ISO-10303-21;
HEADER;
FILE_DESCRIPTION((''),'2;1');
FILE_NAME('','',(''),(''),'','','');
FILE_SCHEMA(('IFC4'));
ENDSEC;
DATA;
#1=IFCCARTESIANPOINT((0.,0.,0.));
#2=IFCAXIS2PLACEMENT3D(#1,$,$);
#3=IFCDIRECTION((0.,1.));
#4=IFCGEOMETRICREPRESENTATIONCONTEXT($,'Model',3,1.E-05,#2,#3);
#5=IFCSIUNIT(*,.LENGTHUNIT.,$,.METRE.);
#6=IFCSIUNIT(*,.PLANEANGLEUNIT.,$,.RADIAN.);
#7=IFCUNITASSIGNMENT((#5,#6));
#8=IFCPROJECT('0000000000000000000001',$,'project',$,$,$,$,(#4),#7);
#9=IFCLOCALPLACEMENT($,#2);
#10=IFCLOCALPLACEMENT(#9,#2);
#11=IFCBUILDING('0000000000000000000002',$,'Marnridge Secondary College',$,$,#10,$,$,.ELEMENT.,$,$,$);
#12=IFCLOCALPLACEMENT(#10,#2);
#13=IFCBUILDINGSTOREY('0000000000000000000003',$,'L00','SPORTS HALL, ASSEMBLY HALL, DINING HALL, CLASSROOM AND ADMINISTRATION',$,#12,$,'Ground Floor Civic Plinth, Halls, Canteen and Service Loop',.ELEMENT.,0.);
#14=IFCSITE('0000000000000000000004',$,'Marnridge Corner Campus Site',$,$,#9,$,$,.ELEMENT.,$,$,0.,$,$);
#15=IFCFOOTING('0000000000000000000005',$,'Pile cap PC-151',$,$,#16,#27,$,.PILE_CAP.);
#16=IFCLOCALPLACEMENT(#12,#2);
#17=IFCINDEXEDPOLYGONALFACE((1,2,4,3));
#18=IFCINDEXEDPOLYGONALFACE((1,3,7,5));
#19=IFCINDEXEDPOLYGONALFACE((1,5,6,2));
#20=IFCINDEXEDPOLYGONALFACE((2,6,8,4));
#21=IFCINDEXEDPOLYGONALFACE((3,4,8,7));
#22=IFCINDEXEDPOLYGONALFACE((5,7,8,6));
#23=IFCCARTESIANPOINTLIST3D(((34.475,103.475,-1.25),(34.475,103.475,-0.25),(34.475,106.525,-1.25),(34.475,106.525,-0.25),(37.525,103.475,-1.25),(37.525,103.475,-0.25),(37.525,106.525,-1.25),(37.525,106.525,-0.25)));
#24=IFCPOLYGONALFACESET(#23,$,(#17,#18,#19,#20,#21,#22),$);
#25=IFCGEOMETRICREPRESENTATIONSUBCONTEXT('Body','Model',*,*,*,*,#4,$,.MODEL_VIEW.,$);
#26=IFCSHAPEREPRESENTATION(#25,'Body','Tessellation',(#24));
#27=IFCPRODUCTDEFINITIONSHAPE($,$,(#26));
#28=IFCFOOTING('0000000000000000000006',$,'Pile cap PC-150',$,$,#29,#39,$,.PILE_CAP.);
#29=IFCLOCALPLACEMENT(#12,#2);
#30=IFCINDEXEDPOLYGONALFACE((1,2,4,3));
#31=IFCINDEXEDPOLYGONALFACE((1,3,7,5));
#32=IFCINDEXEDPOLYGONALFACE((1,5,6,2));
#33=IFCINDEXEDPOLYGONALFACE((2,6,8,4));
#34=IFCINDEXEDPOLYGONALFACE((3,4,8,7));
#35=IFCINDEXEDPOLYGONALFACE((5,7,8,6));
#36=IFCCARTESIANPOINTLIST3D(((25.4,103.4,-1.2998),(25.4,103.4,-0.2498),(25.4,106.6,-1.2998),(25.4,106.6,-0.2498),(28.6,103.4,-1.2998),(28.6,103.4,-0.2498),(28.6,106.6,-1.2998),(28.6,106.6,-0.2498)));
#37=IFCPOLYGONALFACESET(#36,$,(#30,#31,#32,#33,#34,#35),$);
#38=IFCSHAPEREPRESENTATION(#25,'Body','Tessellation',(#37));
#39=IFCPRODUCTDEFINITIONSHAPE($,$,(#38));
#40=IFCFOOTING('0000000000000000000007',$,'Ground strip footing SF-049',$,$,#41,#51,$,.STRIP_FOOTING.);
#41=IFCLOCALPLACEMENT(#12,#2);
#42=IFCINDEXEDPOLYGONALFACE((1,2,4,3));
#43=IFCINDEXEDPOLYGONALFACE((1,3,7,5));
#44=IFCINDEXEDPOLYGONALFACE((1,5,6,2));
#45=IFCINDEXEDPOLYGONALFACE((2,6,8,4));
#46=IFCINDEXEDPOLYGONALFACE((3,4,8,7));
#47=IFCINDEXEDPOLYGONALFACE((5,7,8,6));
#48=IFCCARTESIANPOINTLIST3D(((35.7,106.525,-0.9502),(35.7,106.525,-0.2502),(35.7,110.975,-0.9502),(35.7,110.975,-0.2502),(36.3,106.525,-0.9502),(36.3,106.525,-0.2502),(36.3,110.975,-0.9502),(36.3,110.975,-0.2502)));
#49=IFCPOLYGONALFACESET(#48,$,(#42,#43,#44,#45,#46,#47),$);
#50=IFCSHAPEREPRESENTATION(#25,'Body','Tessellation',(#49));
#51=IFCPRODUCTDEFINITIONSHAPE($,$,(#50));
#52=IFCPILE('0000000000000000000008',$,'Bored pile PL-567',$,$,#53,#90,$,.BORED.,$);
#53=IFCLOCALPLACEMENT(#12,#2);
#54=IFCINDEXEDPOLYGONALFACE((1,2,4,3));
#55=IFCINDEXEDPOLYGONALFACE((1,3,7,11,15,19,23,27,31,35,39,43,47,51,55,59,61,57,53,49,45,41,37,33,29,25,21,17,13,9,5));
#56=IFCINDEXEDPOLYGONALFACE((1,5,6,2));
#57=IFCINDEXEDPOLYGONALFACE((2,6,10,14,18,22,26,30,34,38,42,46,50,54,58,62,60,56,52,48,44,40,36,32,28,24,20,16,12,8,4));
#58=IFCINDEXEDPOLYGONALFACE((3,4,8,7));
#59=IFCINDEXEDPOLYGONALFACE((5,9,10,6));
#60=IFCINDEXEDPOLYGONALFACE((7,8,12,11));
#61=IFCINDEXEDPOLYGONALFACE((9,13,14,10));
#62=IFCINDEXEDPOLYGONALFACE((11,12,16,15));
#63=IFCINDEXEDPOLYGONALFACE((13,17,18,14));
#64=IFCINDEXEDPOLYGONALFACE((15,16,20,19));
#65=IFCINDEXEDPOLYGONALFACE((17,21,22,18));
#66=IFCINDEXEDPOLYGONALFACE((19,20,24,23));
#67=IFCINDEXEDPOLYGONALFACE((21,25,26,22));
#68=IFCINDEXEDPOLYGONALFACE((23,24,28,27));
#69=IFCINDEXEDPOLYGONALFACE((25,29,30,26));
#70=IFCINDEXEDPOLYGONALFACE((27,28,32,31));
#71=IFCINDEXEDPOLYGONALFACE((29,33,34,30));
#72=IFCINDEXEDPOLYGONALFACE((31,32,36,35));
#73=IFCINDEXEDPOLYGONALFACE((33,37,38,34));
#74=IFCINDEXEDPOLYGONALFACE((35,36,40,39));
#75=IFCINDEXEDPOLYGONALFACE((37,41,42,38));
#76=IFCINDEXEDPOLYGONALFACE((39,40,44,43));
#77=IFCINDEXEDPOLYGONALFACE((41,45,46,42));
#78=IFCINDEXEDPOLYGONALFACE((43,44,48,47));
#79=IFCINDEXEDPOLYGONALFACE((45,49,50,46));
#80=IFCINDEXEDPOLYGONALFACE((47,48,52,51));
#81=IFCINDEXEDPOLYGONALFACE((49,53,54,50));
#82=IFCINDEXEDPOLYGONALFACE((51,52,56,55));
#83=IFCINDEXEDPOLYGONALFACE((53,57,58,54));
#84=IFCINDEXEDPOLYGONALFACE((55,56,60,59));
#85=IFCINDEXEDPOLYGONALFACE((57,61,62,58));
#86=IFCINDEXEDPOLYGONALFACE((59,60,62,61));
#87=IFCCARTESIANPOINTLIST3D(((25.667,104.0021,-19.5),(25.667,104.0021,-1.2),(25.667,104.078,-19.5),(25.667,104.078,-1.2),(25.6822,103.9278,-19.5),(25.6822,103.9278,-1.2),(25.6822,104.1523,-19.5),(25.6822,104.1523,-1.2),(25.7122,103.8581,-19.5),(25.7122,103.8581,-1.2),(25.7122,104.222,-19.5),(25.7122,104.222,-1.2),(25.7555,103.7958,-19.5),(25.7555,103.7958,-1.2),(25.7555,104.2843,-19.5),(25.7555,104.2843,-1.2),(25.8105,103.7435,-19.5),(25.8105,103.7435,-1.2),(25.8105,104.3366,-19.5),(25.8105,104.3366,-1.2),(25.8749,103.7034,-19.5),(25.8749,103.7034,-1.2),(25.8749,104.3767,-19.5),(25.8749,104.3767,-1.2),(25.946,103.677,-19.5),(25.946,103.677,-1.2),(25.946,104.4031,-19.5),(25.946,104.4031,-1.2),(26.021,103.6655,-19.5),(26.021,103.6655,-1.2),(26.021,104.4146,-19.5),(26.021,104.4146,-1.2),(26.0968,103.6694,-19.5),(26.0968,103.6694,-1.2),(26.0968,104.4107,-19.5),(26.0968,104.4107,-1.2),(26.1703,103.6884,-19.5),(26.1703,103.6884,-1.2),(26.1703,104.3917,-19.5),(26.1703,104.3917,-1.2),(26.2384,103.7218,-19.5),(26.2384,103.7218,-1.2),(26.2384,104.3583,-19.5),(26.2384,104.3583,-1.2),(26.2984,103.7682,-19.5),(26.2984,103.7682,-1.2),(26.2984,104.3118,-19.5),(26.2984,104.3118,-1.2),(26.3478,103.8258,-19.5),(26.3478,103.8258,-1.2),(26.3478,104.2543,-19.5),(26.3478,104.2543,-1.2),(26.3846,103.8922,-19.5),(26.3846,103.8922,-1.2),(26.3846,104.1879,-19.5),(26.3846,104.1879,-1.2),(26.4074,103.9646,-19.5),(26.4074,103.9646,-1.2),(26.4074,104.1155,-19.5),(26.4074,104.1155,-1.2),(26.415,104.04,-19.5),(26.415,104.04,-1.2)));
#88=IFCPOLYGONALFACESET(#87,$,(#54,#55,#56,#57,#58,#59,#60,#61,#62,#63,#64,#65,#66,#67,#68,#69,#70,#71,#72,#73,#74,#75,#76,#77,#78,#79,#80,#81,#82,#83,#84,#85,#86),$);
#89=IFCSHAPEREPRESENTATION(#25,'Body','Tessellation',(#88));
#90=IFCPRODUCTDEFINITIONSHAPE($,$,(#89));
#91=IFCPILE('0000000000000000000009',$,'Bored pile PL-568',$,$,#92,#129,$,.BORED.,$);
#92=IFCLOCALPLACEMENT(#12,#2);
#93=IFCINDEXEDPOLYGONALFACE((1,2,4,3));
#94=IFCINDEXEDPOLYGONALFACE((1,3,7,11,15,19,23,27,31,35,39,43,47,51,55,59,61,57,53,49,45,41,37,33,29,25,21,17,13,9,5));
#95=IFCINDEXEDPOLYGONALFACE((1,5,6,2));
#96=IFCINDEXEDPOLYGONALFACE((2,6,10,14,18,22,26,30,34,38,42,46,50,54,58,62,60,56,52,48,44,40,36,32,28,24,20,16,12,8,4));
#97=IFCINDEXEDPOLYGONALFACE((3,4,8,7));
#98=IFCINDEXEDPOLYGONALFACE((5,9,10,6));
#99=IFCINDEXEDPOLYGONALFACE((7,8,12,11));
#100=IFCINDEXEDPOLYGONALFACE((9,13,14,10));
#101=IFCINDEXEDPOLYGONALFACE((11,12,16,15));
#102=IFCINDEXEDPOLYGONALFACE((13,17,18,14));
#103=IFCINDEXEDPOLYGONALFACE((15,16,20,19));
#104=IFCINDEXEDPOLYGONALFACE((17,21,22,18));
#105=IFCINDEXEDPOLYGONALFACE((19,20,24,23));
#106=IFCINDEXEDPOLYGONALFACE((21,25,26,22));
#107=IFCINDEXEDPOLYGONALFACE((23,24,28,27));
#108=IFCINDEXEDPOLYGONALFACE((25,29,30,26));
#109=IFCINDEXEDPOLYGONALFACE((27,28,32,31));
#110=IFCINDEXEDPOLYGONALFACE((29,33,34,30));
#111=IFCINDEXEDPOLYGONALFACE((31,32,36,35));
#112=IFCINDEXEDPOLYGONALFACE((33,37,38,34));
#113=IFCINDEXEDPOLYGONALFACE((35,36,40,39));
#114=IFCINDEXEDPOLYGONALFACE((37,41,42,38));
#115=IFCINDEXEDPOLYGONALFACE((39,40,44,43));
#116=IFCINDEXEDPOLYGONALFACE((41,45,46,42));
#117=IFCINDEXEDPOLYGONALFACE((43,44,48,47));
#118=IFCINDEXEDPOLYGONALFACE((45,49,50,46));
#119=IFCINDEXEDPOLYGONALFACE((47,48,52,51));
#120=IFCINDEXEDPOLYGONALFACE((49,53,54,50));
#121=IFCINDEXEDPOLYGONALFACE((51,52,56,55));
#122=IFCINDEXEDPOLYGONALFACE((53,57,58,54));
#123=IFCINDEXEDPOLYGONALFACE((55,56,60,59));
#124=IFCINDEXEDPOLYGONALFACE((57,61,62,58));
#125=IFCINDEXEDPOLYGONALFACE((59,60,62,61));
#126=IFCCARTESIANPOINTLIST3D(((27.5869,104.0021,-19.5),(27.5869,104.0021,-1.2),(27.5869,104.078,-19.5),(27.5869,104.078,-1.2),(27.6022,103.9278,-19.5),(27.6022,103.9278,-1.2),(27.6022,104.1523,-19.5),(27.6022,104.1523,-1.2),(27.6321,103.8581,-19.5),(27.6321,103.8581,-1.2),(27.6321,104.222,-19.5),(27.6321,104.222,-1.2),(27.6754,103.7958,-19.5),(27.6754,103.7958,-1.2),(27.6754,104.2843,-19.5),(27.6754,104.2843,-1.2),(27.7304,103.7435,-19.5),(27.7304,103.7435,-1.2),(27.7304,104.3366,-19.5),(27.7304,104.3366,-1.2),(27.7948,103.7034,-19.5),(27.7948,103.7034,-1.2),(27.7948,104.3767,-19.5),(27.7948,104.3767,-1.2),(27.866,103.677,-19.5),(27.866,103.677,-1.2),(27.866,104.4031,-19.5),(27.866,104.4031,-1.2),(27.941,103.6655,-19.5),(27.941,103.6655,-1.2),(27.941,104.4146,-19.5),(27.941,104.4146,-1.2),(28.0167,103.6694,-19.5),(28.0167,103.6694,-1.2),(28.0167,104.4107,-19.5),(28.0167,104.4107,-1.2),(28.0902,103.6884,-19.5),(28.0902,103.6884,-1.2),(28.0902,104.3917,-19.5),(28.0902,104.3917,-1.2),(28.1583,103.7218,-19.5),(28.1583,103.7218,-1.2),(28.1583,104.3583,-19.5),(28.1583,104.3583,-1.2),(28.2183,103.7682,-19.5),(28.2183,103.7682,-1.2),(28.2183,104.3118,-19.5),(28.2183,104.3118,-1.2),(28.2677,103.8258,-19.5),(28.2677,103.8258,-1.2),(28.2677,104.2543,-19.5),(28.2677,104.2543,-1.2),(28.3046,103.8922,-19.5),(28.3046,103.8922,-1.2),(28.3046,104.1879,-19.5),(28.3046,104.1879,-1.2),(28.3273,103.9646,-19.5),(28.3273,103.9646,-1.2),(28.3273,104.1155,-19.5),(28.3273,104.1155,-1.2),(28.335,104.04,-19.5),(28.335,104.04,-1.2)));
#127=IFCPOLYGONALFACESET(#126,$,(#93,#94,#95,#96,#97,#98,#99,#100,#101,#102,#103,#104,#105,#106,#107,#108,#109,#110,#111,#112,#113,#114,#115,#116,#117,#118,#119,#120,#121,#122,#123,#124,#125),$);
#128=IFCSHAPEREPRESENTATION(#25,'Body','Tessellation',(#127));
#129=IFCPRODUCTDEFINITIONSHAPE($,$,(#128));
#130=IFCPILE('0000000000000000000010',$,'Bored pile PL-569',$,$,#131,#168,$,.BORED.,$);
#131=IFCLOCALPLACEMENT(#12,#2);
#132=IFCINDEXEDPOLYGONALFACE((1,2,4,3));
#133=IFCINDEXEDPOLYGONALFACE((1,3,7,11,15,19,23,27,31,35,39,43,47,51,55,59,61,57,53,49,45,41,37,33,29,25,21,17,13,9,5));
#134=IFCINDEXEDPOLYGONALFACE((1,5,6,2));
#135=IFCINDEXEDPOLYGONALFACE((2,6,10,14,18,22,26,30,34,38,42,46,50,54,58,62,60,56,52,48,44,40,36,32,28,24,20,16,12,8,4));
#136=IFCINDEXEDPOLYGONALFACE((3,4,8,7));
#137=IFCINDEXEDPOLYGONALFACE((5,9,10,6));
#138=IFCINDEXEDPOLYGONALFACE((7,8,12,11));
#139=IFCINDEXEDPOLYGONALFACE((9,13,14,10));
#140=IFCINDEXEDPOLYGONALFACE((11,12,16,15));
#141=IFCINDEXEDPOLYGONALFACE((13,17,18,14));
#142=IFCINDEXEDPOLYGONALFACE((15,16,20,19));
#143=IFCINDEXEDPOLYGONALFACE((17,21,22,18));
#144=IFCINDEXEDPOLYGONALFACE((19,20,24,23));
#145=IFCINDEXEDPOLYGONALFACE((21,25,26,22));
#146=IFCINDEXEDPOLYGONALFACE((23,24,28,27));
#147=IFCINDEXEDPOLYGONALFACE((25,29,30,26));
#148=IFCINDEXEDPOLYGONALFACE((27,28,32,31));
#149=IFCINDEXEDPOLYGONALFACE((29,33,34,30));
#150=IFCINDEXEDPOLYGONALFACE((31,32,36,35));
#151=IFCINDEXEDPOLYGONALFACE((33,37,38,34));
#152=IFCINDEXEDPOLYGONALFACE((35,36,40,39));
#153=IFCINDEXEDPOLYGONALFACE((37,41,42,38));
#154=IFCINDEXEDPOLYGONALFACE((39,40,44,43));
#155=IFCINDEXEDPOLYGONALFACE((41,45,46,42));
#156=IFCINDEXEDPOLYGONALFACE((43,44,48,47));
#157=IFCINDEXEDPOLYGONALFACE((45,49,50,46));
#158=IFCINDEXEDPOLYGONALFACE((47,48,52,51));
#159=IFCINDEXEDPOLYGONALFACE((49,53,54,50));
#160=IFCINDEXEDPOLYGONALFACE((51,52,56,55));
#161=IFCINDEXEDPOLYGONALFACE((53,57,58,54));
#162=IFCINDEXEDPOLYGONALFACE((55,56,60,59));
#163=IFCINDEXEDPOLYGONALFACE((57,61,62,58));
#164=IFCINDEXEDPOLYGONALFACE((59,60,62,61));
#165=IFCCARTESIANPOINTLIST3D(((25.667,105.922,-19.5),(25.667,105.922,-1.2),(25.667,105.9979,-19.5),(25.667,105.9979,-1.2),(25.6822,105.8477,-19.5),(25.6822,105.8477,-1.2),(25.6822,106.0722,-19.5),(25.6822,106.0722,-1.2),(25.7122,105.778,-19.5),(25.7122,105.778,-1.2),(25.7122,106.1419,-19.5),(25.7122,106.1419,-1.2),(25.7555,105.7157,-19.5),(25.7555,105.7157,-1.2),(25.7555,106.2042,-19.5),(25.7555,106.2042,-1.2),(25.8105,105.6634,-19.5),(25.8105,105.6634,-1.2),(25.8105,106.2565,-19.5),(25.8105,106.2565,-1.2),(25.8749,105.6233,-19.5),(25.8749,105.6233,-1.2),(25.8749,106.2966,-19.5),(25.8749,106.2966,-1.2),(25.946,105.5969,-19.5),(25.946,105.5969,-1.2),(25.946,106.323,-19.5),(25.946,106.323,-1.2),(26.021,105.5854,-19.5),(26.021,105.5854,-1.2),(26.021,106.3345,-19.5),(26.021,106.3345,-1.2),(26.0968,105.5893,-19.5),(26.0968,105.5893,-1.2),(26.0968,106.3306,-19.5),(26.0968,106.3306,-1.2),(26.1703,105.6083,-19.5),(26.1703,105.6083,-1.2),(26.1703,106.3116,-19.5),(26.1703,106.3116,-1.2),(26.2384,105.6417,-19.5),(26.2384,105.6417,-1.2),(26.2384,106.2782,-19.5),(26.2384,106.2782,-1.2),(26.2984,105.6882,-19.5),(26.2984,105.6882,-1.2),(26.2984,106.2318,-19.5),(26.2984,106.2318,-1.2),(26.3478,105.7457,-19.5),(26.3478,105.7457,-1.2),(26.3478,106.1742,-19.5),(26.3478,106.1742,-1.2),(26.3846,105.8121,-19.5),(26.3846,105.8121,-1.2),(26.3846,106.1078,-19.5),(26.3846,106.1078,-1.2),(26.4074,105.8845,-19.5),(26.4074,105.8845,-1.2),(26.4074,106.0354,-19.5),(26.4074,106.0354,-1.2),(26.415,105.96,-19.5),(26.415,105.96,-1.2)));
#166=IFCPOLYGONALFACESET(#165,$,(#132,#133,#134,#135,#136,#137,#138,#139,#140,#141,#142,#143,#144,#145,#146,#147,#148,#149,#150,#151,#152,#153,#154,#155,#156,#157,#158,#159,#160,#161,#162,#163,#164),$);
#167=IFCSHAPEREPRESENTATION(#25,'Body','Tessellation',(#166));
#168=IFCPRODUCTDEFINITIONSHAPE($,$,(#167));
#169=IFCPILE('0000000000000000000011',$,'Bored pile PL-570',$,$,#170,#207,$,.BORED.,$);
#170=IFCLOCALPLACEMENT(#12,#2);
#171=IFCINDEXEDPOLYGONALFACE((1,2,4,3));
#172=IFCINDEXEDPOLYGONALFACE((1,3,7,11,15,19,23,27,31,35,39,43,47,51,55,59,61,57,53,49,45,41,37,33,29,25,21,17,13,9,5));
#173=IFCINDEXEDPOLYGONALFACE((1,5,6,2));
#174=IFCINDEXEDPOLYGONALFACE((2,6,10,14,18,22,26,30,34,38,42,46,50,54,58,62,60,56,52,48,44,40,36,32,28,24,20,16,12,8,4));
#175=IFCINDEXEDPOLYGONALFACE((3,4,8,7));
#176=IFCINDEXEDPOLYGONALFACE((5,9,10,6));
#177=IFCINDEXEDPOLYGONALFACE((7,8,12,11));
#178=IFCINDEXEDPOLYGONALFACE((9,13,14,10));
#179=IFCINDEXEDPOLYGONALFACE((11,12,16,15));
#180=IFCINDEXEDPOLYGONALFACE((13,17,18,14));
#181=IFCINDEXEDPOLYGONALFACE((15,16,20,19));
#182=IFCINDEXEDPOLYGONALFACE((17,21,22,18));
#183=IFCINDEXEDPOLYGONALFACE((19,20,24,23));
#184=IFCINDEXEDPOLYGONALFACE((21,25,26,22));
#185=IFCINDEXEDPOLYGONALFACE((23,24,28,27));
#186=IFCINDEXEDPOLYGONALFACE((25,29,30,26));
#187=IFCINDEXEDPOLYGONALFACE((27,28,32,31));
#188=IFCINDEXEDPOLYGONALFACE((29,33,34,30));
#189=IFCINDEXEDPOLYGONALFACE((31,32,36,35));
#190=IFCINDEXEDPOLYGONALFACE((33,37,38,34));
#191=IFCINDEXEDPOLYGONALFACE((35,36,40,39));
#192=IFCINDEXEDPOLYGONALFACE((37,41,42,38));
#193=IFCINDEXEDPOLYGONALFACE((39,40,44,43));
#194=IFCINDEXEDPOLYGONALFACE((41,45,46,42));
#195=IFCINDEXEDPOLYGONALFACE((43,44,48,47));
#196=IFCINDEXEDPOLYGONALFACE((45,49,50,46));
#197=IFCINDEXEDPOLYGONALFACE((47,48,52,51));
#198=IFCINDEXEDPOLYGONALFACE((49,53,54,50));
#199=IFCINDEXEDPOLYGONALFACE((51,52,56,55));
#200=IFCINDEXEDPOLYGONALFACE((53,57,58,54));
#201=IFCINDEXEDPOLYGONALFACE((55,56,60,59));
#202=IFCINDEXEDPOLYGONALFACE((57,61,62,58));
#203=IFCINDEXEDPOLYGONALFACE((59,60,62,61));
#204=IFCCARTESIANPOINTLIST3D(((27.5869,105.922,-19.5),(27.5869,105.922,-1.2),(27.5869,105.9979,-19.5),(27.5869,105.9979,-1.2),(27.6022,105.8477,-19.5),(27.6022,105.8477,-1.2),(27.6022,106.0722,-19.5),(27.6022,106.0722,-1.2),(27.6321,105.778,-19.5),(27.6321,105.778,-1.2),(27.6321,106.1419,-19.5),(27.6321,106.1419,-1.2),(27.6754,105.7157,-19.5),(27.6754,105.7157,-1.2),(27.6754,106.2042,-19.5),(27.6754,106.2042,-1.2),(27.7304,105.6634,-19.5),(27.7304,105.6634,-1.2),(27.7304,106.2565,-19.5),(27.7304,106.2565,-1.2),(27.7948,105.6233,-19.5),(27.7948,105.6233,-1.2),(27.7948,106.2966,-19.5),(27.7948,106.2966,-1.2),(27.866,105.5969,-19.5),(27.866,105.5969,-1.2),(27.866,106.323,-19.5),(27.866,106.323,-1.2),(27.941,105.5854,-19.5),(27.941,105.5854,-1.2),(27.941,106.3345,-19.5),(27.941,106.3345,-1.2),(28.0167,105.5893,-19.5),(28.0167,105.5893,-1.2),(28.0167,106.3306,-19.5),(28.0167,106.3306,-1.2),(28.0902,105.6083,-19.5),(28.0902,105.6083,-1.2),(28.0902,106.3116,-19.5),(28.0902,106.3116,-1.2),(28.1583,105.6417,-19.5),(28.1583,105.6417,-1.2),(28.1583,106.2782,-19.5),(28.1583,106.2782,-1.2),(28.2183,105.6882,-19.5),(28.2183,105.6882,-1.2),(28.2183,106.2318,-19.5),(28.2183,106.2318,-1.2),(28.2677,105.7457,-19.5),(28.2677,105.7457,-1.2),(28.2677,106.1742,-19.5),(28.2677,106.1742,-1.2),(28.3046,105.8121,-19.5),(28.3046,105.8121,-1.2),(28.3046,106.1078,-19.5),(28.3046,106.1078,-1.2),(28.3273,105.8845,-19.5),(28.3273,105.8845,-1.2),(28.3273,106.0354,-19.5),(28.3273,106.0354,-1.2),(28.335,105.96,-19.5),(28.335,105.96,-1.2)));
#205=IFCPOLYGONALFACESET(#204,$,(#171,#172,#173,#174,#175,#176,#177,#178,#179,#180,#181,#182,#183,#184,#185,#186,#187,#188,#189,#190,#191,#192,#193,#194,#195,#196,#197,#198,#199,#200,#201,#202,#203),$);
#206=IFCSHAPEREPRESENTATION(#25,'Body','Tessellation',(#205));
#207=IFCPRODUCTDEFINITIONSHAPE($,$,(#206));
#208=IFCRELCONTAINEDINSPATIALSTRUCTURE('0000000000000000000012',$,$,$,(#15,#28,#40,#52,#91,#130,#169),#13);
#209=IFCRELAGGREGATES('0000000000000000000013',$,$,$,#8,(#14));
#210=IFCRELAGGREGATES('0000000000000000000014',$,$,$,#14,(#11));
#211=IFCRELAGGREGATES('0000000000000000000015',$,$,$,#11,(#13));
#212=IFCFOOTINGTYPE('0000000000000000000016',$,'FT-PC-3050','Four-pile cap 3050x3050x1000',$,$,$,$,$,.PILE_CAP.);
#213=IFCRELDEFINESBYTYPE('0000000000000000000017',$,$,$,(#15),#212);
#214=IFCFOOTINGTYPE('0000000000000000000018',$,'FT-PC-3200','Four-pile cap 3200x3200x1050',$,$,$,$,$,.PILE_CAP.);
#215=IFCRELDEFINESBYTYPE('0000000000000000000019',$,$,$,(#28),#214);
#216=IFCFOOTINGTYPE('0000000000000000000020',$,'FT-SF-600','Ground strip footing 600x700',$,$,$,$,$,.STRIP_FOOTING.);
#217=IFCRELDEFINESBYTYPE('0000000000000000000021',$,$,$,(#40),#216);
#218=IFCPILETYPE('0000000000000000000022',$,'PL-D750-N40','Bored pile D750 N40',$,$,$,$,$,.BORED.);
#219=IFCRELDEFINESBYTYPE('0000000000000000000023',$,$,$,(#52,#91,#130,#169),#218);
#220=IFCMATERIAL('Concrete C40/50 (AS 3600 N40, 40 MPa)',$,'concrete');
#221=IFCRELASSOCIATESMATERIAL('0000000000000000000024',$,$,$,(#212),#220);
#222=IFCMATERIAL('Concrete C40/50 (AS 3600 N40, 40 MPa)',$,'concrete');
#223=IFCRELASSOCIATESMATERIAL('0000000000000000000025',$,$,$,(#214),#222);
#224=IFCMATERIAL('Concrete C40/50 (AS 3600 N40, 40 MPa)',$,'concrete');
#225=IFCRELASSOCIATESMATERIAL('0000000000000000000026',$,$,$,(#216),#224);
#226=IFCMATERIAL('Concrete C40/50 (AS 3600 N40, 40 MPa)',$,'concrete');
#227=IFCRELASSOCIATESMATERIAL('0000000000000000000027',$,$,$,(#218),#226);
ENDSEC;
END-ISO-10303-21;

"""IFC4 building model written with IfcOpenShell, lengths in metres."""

from ifc_helpers import new_model, si_unit, direction, frame, origin, origin_2d, place, context, subcontext, project, spatial, rectangle, circle, extrude, material, material_profile, profile_set, type_object, element, save


model = new_model("IFC4")

# Units and contexts
model_context = context("Model", 3, precision=1e-05, world=origin(), true_north=direction((0.0, 1.0)))
body_context = subcontext(model_context, "Body", "Model", "MODEL_VIEW")
ifc_project = project(units=[si_unit("LENGTHUNIT", "METRE"), si_unit("PLANEANGLEUNIT", "RADIAN")], contexts=[model_context])

# Site, building, storey
site_placement = place(None, origin())
site = spatial("IfcSite", under=ifc_project, at=site_placement, Name="Marnridge Corner Campus Site", CompositionType="ELEMENT", RefElevation=0.0)
building_placement = place(site_placement, origin())
building = spatial("IfcBuilding", under=site, at=building_placement, Name="Marnridge Secondary College", CompositionType="ELEMENT")
storey_placement = place(building_placement, origin())
storey = spatial("IfcBuildingStorey", under=building, at=storey_placement, Name="L00", Description="SPORTS HALL, ASSEMBLY HALL, DINING HALL, CLASSROOM AND ADMINISTRATION", LongName="Ground Floor Civic Plinth, Halls, Canteen and Service Loop", CompositionType="ELEMENT", Elevation=0.0)

# Footings
ifc_material_1 = material(Name="Concrete C40/50 (AS 3600 N40, 40 MPa)", Category="concrete")
footing_type_1 = type_object("IfcFootingType", Name="FT-PC-3050", Description="Four-pile cap 3050x3050x1000", PredefinedType="PILE_CAP", material=ifc_material_1)
footing_1_placement = place(storey_placement, frame((36.0, 105.0, -1.25), z_axis=(0.0, 0.0, 1.0), x_axis=(1.0, 0.0, 0.0)))
element("IfcFooting", 1, at=footing_1_placement, inside=storey, type_object=footing_type_1, Name="Pile cap PC-151", PredefinedType="PILE_CAP", context=body_context, shape_type="SweptSolid", body=[
    extrude(rectangle(XDim=3.05, YDim=3.05, at=origin_2d()), origin(), (0.0, 0.0, 1.0), 1.0),
])
ifc_material_2 = material(Name="Concrete C40/50 (AS 3600 N40, 40 MPa)", Category="concrete")
footing_type_2 = type_object("IfcFootingType", Name="FT-PC-3200", Description="Four-pile cap 3200x3200x1050", PredefinedType="PILE_CAP", material=ifc_material_2)
footing_2_placement = place(storey_placement, frame((27.0, 105.0, -1.2998), z_axis=(0.0, 0.0, 1.0), x_axis=(1.0, 0.0, 0.0)))
element("IfcFooting", 2, at=footing_2_placement, inside=storey, type_object=footing_type_2, Name="Pile cap PC-150", PredefinedType="PILE_CAP", context=body_context, shape_type="SweptSolid", body=[
    extrude(rectangle(XDim=3.2, YDim=3.2, at=origin_2d()), origin(), (0.0, 0.0, 1.0), 1.05),
])
ifc_material_3 = material(Name="Concrete C40/50 (AS 3600 N40, 40 MPa)", Category="concrete")
footing_type_3 = type_object("IfcFootingType", Name="FT-SF-600", Description="Ground strip footing 600x700", PredefinedType="STRIP_FOOTING", material=ifc_material_3)
footing_3_placement = place(storey_placement, frame((36.0, 108.75, -0.9502), z_axis=(0.0, 0.0, 1.0), x_axis=(1.0, 0.0, 0.0)))
element("IfcFooting", 3, at=footing_3_placement, inside=storey, type_object=footing_type_3, Name="Ground strip footing SF-049", PredefinedType="STRIP_FOOTING", context=body_context, shape_type="SweptSolid", body=[
    extrude(rectangle(XDim=0.6001, YDim=4.45, at=origin_2d()), origin(), (0.0, 0.0, 1.0), 0.7),
])

# Piles
ifc_material_4 = material(Name="Concrete C40/50 (AS 3600 N40, 40 MPa)", Category="concrete")
ifc_material_profile_1 = material_profile(ifc_material_4, circle(Radius=0.375, at=origin_2d()), Name="PILE D750")
ifc_profile_set_1 = profile_set([ifc_material_profile_1], Name="Concrete C40/50 (AS 3600 N40, 40 MPa)")
pile_type = type_object("IfcPileType", Name="PL-D750-N40", Description="Bored pile D750 N40", PredefinedType="BORED", material=ifc_profile_set_1)
for number, where, z_axis, x_axis, name in (
    (4, (26.04, 104.04, -1.2), (0.0, 0.0, -1.0), (1.0, 0.0, 0.0), "Bored pile PL-567"),
    (5, (27.96, 104.04, -1.2), (0.0, 0.0, -1.0), (1.0, 0.0, 0.0), "Bored pile PL-568"),
    (6, (26.04, 105.96, -1.2), (0.0, 0.0, -1.0), (1.0, 0.0, 0.0), "Bored pile PL-569"),
    (7, (27.96, 105.96, -1.2), (0.0, 0.0, -1.0), (1.0, 0.0, 0.0), "Bored pile PL-570"),
):
    element("IfcPile", number, at=place(storey_placement, frame(where, z_axis=z_axis, x_axis=x_axis)), inside=storey, type_object=pile_type, Name=name, PredefinedType="BORED", context=body_context, shape_type="SweptSolid", body=[
        extrude(circle(Radius=0.375, at=origin_2d()), origin(), (0.0, 0.0, 1.0), 18.3),
    ])

save(model, "model.ifc")
